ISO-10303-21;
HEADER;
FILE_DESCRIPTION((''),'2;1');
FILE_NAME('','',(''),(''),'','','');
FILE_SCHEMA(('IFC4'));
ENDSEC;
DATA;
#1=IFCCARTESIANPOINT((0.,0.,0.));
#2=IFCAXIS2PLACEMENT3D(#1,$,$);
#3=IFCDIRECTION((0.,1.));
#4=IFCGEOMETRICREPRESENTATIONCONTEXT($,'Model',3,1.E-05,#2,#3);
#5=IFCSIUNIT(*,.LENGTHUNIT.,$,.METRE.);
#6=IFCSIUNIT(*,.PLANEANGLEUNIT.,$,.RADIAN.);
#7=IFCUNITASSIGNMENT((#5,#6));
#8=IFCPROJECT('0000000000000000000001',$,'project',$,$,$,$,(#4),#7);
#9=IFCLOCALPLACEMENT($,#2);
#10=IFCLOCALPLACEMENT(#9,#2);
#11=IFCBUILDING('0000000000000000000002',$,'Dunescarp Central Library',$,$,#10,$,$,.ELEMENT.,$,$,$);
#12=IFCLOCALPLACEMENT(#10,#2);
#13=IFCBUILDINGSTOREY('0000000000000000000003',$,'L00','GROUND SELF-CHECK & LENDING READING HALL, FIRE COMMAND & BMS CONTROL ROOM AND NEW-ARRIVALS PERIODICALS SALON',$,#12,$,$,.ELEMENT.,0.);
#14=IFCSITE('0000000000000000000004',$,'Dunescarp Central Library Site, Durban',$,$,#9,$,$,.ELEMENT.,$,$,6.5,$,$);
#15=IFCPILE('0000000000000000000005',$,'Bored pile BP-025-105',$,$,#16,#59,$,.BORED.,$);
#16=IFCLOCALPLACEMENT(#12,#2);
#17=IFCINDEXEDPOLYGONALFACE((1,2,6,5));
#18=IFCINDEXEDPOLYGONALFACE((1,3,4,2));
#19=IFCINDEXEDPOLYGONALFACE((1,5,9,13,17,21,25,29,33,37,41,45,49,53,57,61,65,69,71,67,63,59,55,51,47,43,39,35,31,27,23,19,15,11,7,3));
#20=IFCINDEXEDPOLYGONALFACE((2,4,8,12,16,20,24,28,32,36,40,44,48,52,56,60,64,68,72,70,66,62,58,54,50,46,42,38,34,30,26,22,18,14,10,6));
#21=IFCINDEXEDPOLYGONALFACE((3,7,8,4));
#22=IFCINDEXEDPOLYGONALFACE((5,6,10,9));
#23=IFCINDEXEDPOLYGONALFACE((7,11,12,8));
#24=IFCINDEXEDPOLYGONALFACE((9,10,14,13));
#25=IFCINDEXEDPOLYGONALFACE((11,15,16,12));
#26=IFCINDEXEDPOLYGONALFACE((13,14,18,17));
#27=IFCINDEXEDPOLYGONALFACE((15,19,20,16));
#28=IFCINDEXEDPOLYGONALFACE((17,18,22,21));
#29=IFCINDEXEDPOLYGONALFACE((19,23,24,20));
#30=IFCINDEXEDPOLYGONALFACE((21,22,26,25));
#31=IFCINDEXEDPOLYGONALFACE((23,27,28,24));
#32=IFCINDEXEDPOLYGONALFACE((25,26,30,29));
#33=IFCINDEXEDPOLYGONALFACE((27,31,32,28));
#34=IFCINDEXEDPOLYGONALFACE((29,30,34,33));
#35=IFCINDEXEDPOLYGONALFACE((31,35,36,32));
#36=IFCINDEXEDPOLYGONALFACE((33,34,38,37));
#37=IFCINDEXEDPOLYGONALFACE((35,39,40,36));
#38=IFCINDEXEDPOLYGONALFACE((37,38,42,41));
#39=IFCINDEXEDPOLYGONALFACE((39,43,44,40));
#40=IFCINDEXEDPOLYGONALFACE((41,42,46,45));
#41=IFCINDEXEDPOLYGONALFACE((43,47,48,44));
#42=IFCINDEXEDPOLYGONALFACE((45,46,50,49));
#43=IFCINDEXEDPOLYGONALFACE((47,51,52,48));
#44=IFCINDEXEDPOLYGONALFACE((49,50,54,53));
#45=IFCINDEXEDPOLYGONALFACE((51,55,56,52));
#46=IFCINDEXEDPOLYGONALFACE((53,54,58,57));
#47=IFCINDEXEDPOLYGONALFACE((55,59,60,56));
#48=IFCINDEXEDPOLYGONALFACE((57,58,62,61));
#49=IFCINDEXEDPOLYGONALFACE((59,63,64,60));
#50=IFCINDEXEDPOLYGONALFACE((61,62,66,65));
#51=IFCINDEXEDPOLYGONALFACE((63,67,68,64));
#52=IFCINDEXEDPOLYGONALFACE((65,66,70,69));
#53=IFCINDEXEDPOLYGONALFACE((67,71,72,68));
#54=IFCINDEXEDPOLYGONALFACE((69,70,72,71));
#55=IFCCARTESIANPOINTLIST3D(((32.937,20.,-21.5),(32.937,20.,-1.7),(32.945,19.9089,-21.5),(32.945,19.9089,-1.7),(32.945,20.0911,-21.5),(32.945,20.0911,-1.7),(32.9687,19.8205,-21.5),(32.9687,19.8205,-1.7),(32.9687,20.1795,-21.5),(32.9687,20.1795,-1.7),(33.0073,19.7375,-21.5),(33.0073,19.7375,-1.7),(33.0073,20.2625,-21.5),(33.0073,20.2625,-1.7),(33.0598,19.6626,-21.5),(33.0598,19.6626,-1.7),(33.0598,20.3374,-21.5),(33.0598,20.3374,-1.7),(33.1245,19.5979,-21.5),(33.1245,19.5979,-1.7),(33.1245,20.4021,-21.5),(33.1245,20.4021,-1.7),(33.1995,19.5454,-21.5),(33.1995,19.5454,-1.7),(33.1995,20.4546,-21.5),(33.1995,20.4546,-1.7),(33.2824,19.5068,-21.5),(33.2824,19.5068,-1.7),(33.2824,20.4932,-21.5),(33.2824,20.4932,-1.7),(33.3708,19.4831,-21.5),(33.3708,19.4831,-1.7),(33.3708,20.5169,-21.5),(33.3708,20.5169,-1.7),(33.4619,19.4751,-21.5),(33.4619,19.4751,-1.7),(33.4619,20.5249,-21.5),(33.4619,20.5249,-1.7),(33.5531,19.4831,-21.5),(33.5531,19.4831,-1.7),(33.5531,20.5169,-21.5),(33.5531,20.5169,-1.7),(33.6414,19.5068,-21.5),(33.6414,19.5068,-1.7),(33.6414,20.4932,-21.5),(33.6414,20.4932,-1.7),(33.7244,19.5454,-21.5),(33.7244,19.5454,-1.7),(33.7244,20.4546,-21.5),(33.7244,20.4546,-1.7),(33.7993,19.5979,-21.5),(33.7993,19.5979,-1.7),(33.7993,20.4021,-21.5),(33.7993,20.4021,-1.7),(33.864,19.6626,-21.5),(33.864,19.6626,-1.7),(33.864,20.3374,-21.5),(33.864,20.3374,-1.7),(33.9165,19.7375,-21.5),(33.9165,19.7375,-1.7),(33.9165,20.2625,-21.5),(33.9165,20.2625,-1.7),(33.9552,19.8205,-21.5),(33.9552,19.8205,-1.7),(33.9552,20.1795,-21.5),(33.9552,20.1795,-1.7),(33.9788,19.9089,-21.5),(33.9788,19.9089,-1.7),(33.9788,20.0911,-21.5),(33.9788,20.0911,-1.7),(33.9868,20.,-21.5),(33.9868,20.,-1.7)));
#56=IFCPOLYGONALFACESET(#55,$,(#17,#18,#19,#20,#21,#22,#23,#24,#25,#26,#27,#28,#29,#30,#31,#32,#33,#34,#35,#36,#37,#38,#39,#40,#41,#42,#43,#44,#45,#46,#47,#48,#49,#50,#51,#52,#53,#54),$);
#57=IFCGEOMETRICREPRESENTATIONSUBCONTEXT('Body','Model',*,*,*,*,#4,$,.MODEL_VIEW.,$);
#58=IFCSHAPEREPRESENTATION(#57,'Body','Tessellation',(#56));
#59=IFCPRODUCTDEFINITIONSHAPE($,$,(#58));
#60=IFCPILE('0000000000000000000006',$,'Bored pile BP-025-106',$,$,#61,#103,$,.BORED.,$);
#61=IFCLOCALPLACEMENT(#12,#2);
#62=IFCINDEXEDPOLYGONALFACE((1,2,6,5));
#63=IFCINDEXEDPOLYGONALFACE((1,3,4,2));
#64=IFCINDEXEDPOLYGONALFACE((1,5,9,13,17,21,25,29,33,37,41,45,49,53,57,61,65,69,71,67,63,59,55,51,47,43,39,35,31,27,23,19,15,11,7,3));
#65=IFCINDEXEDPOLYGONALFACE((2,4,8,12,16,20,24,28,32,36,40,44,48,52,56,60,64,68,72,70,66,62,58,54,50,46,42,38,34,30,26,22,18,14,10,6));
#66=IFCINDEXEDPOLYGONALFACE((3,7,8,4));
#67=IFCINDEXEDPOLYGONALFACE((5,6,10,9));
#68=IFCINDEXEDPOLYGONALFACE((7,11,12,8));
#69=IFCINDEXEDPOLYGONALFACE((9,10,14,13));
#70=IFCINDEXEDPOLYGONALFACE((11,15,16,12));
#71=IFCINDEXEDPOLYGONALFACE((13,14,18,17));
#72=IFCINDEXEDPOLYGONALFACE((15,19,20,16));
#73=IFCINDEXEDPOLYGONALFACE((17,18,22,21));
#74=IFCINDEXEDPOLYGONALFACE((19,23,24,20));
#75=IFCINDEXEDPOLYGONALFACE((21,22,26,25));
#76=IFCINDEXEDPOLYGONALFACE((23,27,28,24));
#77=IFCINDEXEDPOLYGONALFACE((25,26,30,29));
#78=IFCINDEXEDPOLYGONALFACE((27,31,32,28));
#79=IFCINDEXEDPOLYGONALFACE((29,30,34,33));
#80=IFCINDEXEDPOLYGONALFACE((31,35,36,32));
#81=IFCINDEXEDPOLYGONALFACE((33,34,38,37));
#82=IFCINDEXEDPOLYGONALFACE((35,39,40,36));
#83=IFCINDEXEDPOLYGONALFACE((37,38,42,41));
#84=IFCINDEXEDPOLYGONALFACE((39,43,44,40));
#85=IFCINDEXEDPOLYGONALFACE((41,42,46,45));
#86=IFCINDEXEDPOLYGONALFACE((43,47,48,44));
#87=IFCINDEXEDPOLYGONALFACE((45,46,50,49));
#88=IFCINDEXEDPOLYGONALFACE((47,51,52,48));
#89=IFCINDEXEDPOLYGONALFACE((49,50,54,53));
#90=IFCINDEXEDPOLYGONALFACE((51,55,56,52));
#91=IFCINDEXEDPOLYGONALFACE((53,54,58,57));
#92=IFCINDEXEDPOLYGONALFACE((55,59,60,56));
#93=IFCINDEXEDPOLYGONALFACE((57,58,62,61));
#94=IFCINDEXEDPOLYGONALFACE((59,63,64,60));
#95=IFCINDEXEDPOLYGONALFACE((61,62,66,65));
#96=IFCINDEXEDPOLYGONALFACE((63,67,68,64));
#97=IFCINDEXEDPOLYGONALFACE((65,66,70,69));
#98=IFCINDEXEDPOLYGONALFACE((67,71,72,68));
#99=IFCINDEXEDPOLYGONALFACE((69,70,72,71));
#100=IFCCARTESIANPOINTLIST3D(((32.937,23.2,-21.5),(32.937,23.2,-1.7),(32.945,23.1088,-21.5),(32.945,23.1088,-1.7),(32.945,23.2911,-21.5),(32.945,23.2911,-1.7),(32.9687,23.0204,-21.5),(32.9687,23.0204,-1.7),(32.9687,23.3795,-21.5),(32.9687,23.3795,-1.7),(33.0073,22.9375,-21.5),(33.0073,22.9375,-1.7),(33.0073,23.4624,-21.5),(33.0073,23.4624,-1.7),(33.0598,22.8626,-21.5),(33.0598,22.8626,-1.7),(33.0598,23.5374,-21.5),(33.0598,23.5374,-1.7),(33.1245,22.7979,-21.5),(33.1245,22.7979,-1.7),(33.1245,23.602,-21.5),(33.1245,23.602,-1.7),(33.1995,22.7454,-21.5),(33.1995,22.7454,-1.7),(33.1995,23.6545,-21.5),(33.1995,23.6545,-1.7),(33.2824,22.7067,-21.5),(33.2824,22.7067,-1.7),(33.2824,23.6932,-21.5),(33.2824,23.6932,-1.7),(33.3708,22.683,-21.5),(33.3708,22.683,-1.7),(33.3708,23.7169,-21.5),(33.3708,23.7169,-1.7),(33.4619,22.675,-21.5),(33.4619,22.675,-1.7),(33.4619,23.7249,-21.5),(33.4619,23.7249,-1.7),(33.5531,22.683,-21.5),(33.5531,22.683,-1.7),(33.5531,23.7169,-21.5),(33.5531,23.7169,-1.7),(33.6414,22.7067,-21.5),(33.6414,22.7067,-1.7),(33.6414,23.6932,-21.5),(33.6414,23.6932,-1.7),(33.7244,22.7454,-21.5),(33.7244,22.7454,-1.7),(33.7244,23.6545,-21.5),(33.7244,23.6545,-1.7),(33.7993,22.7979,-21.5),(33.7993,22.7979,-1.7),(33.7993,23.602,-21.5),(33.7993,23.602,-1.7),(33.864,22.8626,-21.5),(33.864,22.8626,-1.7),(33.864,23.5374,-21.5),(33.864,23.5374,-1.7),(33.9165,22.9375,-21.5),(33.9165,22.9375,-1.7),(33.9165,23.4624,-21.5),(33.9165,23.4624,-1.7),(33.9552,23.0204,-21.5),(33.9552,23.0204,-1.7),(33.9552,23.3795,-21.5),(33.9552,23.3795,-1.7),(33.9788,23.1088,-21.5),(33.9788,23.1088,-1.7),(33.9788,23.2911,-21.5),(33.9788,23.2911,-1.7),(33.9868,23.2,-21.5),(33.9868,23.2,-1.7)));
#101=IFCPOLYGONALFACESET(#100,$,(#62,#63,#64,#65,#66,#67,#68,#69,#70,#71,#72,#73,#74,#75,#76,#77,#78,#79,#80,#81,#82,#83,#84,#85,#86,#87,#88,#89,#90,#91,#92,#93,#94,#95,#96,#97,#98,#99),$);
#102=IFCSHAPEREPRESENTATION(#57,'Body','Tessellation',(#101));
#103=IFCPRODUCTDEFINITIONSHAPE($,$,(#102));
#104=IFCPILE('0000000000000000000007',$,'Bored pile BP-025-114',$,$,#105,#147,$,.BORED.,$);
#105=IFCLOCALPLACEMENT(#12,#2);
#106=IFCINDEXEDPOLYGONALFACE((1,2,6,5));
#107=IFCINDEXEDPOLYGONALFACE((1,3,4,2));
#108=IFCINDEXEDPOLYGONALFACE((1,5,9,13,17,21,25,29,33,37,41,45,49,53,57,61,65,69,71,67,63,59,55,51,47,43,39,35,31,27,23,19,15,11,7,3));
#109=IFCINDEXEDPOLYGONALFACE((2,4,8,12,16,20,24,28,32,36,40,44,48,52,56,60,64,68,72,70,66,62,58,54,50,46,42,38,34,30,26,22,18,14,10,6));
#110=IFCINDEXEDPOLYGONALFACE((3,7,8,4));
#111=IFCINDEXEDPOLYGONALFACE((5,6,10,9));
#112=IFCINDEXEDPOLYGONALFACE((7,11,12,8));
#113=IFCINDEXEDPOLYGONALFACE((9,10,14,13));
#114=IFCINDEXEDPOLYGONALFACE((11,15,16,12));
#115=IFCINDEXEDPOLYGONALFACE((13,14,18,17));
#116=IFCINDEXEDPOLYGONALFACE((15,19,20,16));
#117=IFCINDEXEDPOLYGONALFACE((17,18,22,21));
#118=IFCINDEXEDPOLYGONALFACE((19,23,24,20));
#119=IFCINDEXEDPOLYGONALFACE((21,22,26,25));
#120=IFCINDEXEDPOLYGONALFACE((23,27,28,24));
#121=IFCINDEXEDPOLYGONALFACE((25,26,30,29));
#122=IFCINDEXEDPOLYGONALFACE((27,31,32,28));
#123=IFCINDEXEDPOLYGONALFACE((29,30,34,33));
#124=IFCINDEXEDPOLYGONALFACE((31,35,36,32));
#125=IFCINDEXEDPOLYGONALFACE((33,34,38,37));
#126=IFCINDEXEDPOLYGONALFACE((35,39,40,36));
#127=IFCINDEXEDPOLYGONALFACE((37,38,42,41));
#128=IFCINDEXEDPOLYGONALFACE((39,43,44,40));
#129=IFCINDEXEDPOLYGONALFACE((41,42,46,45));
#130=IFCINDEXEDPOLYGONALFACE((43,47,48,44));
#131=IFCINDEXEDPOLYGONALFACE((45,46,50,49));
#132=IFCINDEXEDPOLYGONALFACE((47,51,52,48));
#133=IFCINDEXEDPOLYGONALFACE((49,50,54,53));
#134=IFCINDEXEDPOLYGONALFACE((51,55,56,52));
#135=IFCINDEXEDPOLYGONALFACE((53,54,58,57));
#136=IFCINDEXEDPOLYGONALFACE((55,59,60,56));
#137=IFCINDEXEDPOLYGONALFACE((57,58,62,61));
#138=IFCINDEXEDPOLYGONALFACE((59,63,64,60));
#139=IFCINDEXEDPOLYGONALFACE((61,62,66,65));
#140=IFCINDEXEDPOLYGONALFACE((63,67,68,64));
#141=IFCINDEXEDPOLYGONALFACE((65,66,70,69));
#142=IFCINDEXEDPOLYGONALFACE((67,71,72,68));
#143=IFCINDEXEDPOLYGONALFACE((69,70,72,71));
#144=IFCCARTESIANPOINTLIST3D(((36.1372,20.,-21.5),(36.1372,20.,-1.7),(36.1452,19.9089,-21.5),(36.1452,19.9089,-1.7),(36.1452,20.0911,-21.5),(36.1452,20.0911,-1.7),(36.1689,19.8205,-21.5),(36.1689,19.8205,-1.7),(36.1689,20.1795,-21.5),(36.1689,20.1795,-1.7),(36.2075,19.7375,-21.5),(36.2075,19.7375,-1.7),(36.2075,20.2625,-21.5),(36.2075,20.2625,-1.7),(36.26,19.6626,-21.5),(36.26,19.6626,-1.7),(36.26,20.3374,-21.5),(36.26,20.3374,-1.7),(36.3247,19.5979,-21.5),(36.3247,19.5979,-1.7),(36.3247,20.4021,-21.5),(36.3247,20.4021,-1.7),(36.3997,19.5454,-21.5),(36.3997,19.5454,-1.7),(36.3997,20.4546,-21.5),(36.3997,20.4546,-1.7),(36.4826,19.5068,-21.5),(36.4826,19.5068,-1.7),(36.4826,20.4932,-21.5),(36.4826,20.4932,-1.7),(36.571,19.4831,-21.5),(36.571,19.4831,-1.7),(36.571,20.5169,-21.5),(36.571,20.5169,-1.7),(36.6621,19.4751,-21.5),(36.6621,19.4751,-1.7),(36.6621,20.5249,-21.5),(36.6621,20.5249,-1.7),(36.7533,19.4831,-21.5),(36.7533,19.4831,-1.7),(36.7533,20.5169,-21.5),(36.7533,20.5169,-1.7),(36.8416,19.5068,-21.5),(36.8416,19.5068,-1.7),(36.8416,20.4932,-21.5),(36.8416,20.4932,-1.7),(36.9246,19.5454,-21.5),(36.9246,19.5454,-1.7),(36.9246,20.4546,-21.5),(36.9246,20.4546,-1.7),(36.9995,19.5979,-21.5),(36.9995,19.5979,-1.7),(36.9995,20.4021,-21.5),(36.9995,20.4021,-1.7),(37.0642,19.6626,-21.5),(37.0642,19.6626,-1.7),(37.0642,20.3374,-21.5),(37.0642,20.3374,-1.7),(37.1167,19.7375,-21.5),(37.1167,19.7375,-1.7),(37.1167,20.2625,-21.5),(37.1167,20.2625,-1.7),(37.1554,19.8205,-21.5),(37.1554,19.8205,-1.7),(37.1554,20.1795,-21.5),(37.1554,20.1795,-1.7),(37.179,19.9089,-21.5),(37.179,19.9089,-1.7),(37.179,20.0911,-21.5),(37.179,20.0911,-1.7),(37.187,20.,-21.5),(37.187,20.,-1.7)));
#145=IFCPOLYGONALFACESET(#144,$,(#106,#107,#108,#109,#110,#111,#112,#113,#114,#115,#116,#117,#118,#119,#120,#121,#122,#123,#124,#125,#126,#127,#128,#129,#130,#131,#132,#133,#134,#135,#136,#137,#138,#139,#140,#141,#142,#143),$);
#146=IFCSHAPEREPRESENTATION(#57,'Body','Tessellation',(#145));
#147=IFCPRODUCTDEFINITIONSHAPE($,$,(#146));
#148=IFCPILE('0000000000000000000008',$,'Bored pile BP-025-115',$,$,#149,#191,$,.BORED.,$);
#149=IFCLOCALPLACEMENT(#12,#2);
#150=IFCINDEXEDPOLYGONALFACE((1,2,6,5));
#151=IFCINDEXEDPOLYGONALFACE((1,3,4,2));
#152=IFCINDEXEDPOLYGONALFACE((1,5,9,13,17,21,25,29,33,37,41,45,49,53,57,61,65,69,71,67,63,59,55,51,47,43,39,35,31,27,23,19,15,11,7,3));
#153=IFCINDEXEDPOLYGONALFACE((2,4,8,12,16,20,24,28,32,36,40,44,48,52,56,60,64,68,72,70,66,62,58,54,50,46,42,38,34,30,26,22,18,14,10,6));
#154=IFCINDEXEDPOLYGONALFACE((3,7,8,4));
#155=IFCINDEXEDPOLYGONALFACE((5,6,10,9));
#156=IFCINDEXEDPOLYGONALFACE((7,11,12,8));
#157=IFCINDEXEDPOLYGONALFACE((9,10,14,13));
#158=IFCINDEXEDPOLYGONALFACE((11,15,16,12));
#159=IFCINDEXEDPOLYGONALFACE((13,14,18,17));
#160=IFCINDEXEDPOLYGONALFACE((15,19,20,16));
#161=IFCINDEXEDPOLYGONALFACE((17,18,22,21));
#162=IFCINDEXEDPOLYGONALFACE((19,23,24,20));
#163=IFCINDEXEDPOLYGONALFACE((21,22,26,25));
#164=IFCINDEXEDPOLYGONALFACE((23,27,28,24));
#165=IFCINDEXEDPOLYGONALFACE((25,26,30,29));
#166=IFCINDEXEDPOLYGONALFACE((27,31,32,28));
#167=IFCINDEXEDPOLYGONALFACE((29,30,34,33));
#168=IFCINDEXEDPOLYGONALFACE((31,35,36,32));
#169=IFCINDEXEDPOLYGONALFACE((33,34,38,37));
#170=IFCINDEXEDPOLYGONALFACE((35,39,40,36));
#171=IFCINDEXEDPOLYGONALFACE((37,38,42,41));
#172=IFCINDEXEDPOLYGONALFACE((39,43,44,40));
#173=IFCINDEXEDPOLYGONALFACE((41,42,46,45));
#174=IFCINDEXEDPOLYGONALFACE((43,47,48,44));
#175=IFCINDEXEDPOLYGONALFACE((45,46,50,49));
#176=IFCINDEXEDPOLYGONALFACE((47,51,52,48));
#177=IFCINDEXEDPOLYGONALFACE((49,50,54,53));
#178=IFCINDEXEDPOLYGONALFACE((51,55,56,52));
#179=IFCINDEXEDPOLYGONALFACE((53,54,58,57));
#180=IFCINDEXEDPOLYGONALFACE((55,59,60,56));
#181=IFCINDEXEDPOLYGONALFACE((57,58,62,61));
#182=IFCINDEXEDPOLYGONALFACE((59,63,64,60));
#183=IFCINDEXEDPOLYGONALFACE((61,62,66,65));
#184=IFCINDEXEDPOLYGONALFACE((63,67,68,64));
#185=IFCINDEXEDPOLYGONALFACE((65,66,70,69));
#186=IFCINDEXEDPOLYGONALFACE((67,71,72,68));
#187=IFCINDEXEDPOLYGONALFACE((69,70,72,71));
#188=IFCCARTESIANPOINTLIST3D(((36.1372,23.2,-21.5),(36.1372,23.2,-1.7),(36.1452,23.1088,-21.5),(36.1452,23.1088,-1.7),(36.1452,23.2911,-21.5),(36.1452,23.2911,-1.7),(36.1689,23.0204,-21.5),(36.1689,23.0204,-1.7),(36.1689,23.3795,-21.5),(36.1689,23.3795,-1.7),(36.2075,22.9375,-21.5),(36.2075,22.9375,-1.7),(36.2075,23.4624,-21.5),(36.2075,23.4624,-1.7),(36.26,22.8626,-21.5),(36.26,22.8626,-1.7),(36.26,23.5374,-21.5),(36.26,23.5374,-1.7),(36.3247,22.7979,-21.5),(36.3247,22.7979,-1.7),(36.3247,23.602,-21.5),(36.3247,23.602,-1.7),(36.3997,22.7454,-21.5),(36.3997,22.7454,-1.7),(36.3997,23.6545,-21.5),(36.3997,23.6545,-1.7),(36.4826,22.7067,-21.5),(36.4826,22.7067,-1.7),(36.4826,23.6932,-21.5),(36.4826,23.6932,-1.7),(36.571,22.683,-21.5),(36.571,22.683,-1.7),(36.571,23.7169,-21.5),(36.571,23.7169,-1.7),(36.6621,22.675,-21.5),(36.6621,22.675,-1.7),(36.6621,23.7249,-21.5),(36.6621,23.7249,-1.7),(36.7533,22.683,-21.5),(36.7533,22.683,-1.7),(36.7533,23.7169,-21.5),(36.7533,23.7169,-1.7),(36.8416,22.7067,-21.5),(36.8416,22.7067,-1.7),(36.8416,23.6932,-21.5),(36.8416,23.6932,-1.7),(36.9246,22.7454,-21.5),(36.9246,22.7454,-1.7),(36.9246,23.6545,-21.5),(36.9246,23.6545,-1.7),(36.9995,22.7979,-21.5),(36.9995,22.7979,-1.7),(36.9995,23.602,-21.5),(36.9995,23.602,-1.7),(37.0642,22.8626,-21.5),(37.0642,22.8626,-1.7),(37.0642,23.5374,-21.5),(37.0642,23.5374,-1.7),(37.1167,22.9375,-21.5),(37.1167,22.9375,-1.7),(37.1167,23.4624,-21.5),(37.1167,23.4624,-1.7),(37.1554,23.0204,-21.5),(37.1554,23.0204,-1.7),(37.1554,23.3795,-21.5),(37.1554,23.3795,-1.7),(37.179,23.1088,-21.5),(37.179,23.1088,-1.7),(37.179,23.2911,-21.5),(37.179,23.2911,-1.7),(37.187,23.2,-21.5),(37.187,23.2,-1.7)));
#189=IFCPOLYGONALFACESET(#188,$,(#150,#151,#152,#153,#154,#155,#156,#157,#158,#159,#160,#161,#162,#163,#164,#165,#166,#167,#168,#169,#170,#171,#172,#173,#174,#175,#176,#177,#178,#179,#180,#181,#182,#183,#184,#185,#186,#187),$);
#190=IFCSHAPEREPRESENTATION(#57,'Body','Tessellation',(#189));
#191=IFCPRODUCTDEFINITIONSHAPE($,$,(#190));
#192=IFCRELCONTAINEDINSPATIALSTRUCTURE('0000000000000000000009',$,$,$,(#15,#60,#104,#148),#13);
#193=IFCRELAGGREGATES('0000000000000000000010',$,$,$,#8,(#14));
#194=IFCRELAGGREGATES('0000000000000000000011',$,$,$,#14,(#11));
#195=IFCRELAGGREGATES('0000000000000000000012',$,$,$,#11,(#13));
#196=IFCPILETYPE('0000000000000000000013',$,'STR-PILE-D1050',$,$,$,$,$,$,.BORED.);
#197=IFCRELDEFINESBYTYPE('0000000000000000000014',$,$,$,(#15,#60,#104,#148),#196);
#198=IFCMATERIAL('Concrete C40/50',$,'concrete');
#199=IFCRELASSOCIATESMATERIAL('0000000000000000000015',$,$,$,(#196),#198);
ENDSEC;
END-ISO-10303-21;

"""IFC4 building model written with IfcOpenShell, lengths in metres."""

from ifc_helpers import new_model, si_unit, direction, frame, origin, origin_2d, place, context, subcontext, project, spatial, circle, extrude, material, material_profile, profile_set, type_object, element, save


model = new_model("IFC4")

# Units and contexts
model_context = context("Model", 3, precision=1e-05, world=origin(), true_north=direction((0.0, 1.0)))
body_context = subcontext(model_context, "Body", "Model", "MODEL_VIEW")
ifc_project = project(units=[si_unit("LENGTHUNIT", "METRE"), si_unit("PLANEANGLEUNIT", "RADIAN")], contexts=[model_context])

# Site, building, storey
site_placement = place(None, origin())
site = spatial("IfcSite", under=ifc_project, at=site_placement, Name="Dunescarp Central Library Site, Durban", CompositionType="ELEMENT", RefElevation=6.5)
building_placement = place(site_placement, origin())
building = spatial("IfcBuilding", under=site, at=building_placement, Name="Dunescarp Central Library", CompositionType="ELEMENT")
storey_placement = place(building_placement, origin())
storey = spatial("IfcBuildingStorey", under=building, at=storey_placement, Name="L00", Description="GROUND SELF-CHECK & LENDING READING HALL, FIRE COMMAND & BMS CONTROL ROOM AND NEW-ARRIVALS PERIODICALS SALON", CompositionType="ELEMENT", Elevation=0.0)

# Piles
ifc_material_1 = material(Name="Concrete C40/50", Category="concrete")
ifc_material_profile_1 = material_profile(ifc_material_1, circle(Radius=0.5249, at=origin_2d()), Name="PILE D1050")
ifc_profile_set_1 = profile_set([ifc_material_profile_1], Name="Concrete C40/50")
pile_type = type_object("IfcPileType", Name="STR-PILE-D1050", PredefinedType="BORED", material=ifc_profile_set_1)
for number, where, z_axis, x_axis, name in (
    (1, (33.4619, 20.0, -1.7), (0.0, 0.0, -1.0), (1.0, 0.0, 0.0), "Bored pile BP-025-105"),
    (2, (33.4619, 23.2, -1.7), (0.0, 0.0, -1.0), (1.0, 0.0, 0.0), "Bored pile BP-025-106"),
    (3, (36.6621, 20.0, -1.7), (0.0, 0.0, -1.0), (1.0, 0.0, 0.0), "Bored pile BP-025-114"),
    (4, (36.6621, 23.2, -1.7), (0.0, 0.0, -1.0), (1.0, 0.0, 0.0), "Bored pile BP-025-115"),
):
    element("IfcPile", number, at=place(storey_placement, frame(where, z_axis=z_axis, x_axis=x_axis)), inside=storey, type_object=pile_type, Name=name, PredefinedType="BORED", context=body_context, shape_type="SweptSolid", body=[
        extrude(circle(Radius=0.5249, at=origin_2d()), origin(), (0.0, 0.0, 1.0), 19.8),
    ])

save(model, "model.ifc")
